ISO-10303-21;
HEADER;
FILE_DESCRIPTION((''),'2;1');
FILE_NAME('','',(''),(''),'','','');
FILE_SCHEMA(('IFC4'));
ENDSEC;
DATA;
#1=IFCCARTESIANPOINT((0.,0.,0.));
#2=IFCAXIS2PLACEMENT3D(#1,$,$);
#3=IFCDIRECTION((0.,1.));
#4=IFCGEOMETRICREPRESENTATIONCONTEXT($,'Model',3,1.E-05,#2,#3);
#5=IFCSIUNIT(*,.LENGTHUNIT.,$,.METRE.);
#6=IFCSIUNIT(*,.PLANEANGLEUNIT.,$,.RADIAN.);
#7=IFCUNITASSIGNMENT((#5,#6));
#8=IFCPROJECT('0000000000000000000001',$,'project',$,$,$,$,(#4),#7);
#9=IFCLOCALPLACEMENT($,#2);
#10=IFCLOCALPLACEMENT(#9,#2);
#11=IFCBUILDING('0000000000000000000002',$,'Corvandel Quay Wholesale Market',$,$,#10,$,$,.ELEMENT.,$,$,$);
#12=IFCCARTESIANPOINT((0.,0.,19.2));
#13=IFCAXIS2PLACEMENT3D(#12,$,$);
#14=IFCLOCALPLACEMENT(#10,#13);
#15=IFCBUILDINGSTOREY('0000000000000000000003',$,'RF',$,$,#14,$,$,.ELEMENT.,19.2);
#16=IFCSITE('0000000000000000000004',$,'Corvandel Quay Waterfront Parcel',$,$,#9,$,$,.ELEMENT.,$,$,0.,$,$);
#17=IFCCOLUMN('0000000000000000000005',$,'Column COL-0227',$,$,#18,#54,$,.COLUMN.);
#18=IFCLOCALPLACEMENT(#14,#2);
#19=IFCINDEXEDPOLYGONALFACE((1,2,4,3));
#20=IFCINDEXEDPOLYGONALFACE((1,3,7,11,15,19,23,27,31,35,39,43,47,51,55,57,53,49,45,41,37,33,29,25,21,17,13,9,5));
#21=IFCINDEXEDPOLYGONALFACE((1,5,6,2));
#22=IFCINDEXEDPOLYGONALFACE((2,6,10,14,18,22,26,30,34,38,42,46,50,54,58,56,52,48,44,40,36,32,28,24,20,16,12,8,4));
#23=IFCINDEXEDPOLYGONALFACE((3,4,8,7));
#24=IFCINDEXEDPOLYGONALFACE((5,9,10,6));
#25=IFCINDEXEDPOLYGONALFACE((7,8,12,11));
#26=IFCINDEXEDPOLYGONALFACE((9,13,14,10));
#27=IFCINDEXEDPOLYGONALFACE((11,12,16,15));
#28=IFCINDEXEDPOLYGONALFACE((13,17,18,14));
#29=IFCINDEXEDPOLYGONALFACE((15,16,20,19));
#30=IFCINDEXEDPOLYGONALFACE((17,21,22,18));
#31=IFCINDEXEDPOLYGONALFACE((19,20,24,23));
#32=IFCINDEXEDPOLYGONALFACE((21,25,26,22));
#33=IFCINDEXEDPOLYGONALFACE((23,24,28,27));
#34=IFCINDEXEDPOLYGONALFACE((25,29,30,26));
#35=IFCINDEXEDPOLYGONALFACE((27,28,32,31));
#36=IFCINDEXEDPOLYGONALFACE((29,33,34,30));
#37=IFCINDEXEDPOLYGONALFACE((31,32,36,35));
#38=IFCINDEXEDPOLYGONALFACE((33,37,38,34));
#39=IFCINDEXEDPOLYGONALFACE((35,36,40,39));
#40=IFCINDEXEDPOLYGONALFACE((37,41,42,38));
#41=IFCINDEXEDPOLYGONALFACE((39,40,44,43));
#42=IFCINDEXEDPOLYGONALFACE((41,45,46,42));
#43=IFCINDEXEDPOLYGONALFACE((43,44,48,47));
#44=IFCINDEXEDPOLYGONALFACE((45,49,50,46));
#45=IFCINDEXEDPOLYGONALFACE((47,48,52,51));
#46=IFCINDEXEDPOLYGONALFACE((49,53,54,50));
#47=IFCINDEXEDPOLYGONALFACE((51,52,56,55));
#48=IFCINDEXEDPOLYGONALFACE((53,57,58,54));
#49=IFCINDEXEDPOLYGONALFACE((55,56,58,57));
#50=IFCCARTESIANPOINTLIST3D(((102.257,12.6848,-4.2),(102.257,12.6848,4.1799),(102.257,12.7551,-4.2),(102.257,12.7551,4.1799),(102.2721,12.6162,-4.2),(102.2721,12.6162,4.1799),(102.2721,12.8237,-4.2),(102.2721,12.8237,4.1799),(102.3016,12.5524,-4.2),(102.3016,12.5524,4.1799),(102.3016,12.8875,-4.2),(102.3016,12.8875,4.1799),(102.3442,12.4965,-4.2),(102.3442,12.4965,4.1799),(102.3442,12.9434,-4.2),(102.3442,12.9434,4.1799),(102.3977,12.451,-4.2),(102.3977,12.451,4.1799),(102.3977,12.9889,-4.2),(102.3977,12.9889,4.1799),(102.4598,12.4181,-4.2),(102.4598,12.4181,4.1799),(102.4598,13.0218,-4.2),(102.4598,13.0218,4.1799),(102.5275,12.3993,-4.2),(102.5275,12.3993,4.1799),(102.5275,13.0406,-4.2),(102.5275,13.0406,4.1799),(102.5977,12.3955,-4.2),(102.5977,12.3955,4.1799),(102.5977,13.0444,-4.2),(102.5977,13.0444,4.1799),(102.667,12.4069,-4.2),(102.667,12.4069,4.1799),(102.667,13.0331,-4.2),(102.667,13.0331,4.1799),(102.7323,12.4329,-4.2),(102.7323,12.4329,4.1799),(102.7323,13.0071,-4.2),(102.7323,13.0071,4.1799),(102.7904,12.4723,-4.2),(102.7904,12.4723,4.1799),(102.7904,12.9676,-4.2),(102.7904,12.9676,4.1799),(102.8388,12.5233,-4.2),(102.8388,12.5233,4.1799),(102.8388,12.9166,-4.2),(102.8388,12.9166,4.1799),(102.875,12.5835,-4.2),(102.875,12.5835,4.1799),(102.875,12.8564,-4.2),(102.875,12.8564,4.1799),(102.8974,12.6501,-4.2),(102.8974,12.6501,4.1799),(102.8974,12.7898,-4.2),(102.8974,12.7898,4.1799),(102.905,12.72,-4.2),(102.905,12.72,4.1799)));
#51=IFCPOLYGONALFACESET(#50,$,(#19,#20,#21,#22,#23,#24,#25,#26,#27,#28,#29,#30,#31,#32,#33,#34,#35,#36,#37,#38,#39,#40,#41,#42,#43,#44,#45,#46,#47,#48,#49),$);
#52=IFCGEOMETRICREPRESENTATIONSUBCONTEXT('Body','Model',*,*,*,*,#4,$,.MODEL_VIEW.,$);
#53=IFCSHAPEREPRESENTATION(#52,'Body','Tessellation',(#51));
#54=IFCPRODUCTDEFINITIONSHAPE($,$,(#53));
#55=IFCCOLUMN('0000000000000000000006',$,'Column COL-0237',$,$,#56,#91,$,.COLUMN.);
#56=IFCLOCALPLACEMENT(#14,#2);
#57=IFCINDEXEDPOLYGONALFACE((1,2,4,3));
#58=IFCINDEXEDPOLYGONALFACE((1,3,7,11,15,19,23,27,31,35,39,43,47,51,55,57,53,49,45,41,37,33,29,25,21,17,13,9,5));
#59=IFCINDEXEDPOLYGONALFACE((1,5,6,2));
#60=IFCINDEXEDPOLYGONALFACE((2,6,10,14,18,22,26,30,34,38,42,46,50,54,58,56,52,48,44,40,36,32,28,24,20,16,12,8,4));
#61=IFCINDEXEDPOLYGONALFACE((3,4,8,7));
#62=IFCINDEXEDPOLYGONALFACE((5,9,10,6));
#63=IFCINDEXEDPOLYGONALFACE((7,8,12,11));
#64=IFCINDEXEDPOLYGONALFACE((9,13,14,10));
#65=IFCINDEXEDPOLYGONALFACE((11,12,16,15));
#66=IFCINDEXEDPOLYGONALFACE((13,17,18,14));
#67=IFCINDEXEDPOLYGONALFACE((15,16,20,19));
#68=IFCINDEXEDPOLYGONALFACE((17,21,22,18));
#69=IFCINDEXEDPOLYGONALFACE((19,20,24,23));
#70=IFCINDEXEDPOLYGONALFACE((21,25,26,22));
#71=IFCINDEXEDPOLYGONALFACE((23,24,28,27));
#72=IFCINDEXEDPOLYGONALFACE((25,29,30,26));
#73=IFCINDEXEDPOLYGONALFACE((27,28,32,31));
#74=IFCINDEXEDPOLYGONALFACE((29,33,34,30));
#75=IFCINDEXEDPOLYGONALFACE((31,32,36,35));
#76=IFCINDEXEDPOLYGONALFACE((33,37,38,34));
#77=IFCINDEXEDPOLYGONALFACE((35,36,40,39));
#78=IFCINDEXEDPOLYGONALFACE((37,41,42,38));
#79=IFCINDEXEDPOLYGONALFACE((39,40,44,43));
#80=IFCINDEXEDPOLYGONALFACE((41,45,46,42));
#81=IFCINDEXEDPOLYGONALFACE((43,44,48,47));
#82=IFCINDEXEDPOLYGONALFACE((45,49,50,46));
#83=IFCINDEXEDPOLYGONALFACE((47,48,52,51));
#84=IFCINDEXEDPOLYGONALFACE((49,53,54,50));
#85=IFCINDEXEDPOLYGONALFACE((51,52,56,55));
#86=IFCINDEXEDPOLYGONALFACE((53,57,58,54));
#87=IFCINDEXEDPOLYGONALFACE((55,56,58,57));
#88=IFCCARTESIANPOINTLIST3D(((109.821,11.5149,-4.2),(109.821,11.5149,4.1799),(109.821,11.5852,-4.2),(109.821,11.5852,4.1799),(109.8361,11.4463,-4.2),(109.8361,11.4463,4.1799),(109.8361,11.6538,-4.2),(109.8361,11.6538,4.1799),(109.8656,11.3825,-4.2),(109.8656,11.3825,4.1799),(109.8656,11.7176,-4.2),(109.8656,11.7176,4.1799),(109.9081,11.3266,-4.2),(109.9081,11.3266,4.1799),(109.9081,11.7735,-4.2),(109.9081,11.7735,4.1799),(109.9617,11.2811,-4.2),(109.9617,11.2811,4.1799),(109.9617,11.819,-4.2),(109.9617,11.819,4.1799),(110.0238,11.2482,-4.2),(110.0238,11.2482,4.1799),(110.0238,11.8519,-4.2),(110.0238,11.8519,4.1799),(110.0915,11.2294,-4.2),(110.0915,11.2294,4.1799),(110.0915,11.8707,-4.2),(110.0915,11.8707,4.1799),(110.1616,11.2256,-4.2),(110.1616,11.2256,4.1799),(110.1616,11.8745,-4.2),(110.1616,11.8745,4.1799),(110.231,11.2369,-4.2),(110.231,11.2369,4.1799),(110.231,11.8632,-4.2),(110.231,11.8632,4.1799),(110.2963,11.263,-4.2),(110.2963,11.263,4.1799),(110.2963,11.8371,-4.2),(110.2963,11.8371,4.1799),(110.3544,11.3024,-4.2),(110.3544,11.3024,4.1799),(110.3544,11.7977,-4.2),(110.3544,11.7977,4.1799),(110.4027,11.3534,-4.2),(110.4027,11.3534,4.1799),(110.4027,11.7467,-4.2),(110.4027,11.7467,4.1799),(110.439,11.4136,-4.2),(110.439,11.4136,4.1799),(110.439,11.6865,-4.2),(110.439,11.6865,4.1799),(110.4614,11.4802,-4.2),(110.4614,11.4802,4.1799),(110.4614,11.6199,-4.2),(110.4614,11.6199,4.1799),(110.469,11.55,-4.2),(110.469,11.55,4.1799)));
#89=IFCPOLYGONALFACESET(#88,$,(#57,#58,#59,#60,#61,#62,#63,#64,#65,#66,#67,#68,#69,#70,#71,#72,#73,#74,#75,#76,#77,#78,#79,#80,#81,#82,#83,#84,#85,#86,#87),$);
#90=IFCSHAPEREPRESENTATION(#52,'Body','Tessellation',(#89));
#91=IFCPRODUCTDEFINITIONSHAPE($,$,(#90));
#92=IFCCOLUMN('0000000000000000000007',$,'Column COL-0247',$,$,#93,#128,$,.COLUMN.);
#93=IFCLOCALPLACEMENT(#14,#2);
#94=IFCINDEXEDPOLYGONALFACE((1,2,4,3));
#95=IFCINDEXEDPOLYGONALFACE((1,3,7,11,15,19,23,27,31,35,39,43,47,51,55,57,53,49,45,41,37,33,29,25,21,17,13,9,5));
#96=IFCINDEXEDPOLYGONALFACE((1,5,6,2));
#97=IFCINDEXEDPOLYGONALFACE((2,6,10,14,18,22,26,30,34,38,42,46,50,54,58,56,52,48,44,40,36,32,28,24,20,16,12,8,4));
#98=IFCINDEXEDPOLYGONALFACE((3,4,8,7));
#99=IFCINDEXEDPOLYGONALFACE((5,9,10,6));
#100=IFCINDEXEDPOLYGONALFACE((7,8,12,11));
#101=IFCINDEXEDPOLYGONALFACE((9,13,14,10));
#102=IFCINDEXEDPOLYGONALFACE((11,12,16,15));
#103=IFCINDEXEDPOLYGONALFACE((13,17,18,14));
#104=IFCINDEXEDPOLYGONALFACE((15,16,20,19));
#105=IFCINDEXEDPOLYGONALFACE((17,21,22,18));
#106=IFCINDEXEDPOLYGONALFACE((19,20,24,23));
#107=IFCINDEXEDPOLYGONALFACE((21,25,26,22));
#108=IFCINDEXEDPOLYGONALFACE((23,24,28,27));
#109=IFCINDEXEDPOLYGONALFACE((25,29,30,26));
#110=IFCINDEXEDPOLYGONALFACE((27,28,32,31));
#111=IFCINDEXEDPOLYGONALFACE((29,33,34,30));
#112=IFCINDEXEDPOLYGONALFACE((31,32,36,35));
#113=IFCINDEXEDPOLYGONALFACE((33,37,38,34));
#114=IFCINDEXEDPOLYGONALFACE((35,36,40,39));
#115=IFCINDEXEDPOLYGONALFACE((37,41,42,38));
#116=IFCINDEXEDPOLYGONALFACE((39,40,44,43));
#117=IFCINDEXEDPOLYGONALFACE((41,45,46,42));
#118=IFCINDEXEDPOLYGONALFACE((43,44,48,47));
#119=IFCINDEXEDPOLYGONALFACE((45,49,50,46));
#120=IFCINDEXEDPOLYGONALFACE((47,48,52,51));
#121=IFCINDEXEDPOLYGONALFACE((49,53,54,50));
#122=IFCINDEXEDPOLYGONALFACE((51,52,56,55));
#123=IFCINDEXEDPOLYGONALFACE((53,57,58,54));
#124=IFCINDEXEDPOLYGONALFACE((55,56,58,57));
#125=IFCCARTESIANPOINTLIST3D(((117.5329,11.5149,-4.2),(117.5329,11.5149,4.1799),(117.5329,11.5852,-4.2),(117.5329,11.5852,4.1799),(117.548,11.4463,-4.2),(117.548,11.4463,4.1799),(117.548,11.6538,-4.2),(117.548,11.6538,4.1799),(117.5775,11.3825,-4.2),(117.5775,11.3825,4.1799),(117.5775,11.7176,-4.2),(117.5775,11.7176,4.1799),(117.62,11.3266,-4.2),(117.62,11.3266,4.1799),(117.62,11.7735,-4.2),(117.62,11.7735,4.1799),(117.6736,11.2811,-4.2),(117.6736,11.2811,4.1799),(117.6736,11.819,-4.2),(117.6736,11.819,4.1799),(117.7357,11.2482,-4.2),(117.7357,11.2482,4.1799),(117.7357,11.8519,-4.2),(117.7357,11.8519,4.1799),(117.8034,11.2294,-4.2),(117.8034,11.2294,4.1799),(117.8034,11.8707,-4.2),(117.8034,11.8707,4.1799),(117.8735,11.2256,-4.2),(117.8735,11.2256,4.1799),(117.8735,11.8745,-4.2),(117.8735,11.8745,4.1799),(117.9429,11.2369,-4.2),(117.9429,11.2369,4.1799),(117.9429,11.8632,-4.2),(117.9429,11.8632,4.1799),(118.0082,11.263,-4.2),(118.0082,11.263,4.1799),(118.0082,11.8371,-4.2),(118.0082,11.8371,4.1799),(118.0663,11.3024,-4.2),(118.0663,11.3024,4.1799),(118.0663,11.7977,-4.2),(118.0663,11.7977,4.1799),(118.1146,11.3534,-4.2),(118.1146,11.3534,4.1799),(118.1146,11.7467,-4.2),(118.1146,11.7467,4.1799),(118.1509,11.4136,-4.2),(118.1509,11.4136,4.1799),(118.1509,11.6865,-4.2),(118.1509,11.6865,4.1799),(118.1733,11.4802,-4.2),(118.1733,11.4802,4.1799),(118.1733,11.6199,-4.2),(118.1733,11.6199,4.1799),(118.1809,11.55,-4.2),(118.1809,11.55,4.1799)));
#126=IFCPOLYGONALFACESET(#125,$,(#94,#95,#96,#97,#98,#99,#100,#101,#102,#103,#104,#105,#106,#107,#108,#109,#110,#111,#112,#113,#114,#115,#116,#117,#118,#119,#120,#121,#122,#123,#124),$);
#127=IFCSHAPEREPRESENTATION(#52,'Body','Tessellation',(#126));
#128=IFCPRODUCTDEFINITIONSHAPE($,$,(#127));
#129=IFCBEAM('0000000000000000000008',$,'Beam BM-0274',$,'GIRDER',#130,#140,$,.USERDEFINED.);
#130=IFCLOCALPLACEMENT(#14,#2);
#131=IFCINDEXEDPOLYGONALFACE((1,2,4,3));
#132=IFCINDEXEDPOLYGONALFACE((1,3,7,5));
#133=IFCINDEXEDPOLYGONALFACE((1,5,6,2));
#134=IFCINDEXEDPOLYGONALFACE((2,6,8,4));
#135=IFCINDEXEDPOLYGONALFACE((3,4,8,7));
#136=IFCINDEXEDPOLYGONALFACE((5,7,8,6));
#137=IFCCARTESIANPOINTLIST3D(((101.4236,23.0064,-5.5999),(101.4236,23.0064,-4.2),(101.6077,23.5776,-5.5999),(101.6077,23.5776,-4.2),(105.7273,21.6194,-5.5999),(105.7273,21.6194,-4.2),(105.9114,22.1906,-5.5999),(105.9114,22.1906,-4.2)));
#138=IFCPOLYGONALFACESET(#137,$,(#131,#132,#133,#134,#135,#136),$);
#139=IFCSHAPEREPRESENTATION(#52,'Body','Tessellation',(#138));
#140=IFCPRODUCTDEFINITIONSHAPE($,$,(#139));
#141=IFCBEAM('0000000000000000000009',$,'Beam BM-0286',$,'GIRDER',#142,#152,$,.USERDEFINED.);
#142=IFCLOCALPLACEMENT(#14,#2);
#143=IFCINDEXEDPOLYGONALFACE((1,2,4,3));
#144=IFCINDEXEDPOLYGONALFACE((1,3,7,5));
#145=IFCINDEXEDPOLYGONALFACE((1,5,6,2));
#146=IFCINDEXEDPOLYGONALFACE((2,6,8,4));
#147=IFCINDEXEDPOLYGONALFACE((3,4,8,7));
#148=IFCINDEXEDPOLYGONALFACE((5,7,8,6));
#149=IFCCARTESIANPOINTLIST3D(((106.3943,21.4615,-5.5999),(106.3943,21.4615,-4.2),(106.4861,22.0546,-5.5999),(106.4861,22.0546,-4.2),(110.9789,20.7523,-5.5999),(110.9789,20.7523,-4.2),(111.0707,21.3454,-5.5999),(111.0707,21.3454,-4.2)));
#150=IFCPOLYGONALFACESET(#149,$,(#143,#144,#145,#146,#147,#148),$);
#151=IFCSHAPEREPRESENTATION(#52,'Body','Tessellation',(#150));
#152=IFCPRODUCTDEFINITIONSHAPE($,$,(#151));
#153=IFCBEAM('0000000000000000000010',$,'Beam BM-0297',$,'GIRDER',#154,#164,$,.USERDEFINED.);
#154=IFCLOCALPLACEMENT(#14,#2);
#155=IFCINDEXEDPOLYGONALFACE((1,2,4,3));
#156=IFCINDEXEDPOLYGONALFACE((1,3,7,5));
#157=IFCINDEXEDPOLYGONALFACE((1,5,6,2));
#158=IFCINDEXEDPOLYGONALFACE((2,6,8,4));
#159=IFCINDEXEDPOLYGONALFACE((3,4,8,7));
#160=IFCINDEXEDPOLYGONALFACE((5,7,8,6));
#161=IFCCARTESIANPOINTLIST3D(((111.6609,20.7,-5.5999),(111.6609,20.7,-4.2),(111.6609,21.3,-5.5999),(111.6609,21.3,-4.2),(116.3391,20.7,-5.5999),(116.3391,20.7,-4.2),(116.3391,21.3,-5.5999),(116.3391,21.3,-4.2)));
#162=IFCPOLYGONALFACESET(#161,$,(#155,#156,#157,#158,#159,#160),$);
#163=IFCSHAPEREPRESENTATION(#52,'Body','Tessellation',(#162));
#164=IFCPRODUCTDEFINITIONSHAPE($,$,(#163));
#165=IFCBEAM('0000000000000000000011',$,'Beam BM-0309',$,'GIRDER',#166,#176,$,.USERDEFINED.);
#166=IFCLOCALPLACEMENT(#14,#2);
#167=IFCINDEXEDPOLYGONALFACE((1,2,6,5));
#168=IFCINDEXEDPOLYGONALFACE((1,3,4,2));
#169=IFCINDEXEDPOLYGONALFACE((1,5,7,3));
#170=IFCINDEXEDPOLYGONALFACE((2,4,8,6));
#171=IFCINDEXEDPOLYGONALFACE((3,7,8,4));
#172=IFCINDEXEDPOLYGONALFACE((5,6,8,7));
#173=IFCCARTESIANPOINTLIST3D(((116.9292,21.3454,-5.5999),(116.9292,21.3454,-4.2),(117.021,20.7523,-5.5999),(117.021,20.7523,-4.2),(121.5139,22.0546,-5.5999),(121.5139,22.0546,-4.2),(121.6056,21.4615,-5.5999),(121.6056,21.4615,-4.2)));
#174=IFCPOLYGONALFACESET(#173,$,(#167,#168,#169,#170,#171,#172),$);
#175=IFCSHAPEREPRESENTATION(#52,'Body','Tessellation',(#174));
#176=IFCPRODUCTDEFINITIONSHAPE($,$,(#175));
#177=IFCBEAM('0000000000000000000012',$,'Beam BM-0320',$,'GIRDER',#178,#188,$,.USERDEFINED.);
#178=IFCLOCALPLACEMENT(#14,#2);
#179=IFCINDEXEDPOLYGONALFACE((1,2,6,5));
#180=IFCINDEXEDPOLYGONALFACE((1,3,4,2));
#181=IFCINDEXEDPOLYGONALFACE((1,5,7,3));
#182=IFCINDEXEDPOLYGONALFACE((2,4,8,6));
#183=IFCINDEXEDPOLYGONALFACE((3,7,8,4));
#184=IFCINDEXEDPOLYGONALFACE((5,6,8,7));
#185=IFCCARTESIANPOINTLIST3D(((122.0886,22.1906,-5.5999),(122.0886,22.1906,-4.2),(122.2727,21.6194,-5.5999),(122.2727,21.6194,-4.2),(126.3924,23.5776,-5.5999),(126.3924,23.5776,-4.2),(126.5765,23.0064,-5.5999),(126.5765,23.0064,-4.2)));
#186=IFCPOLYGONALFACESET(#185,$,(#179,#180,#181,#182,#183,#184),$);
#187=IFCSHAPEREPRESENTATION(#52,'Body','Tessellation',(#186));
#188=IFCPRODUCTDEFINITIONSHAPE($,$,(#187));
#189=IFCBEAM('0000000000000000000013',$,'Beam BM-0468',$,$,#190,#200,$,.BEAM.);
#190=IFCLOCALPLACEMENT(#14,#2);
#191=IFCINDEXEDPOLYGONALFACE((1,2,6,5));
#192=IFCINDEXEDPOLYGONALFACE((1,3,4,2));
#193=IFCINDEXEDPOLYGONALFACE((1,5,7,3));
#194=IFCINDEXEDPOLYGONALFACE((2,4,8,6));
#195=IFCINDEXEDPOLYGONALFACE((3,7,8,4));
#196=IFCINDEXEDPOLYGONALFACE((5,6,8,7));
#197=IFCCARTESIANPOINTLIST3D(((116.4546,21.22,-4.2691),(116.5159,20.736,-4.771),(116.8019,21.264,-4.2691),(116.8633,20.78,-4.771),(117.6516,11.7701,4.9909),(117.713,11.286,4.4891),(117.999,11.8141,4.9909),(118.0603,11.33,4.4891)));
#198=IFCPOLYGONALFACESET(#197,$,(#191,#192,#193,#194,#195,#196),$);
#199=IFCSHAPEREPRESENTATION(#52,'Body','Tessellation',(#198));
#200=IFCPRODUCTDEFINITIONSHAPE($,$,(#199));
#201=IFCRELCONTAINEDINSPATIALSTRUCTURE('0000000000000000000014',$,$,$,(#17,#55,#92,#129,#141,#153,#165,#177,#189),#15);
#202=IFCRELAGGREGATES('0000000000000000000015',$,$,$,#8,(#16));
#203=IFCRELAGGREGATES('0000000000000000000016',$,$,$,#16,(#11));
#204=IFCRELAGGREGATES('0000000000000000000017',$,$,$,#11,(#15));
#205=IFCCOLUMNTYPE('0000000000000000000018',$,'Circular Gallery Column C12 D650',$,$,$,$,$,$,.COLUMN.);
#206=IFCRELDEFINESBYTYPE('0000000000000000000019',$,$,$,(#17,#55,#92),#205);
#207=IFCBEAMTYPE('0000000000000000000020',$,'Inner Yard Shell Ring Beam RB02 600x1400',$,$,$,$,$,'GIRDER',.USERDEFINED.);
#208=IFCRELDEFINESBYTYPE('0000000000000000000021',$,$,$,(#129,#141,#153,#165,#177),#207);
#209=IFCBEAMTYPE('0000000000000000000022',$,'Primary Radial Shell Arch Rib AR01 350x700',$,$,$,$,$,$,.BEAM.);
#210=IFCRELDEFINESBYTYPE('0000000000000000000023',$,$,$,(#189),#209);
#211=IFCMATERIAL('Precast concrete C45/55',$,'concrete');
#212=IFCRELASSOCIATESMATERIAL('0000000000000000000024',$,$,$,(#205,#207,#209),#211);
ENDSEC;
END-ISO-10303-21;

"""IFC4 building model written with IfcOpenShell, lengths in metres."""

from ifc_helpers import new_model, si_unit, direction, frame, origin, origin_2d, place, context, subcontext, project, spatial, rectangle, circle, extrude, material, material_profile, profile_set, type_object, element, save


model = new_model("IFC4")

# Units and contexts
model_context = context("Model", 3, precision=1e-05, world=origin(), true_north=direction((0.0, 1.0)))
body_context = subcontext(model_context, "Body", "Model", "MODEL_VIEW")
ifc_project = project(units=[si_unit("LENGTHUNIT", "METRE"), si_unit("PLANEANGLEUNIT", "RADIAN")], contexts=[model_context])

# Site, building, storey
site_placement = place(None, origin())
site = spatial("IfcSite", under=ifc_project, at=site_placement, Name="Corvandel Quay Waterfront Parcel", CompositionType="ELEMENT", RefElevation=0.0)
building_placement = place(site_placement, origin())
building = spatial("IfcBuilding", under=site, at=building_placement, Name="Corvandel Quay Wholesale Market", CompositionType="ELEMENT")
storey_placement = place(building_placement, frame((0.0, 0.0, 19.2)))
storey = spatial("IfcBuildingStorey", under=building, at=storey_placement, Name="RF", CompositionType="ELEMENT", Elevation=19.2)

# Columns
ifc_material_1 = material(Name="Precast concrete C45/55", Category="concrete")
ifc_material_profile_1 = material_profile(ifc_material_1, circle(Radius=0.325, at=origin_2d()), Name="PC-COL-D650")
ifc_profile_set_1 = profile_set([ifc_material_profile_1], Name="Precast concrete C45/55")
column_type = type_object("IfcColumnType", Name="Circular Gallery Column C12 D650", PredefinedType="COLUMN", material=ifc_profile_set_1)
for number, where, z_axis, x_axis, name in (
    (1, (102.5801, 12.72, -4.2), (0.0, 0.0, 1.0), (1.0, 0.0, 0.0), "Column COL-0227"),
    (2, (110.144, 11.55, -4.2), (0.0, 0.0, 1.0), (1.0, 0.0, 0.0), "Column COL-0237"),
    (3, (117.856, 11.55, -4.2), (0.0, 0.0, 1.0), (1.0, 0.0, 0.0), "Column COL-0247"),
):
    element("IfcColumn", number, at=place(storey_placement, frame(where, z_axis=z_axis, x_axis=x_axis)), inside=storey, type_object=column_type, Name=name, PredefinedType="COLUMN", context=body_context, shape_type="SweptSolid", body=[
        extrude(circle(Radius=0.325, at=origin_2d()), origin(), (0.0, 0.0, 1.0), 8.3799),
    ])

# Beams
ifc_material_profile_2 = material_profile(ifc_material_1, rectangle(XDim=0.6001, YDim=1.3999, at=origin_2d()), Name="PC-RING-600x1400")
ifc_profile_set_2 = profile_set([ifc_material_profile_2], Name="Precast concrete C45/55")
beam_type_1 = type_object("IfcBeamType", Name="Inner Yard Shell Ring Beam RB02 600x1400", ElementType="GIRDER", PredefinedType="USERDEFINED", material=ifc_profile_set_2)
beam_1_placement = place(storey_placement, frame((101.5156, 23.292, -4.8999), z_axis=(0.951795, -0.306736, 0.0), x_axis=(0.306736, 0.951795, 0.0)))
element("IfcBeam", 4, at=beam_1_placement, inside=storey, type_object=beam_type_1, Name="Beam BM-0274", ObjectType="GIRDER", PredefinedType="USERDEFINED", context=body_context, shape_type="SweptSolid", body=[
    extrude(rectangle(XDim=0.6001, YDim=1.3999, at=origin_2d()), origin(), (0.0, 0.0, 1.0), 4.5217),
])
beam_2_placement = place(storey_placement, frame((106.4402, 21.7581, -4.8999), z_axis=(0.988245, -0.152876, 0.0), x_axis=(0.152876, 0.988245, 0.0)))
element("IfcBeam", 5, at=beam_2_placement, inside=storey, type_object=beam_type_1, Name="Beam BM-0286", ObjectType="GIRDER", PredefinedType="USERDEFINED", context=body_context, shape_type="SweptSolid", body=[
    extrude(rectangle(XDim=0.6001, YDim=1.3999, at=origin_2d()), origin(), (0.0, 0.0, 1.0), 4.6392),
])
beam_3_placement = place(storey_placement, frame((111.6609, 21.0, -4.8999), z_axis=(1.0, 0.0, 0.0), x_axis=(0.0, 1.0, 0.0)))
element("IfcBeam", 6, at=beam_3_placement, inside=storey, type_object=beam_type_1, Name="Beam BM-0297", ObjectType="GIRDER", PredefinedType="USERDEFINED", context=body_context, shape_type="SweptSolid", body=[
    extrude(rectangle(XDim=0.6001, YDim=1.3999, at=origin_2d()), origin(), (0.0, 0.0, 1.0), 4.6782),
])
beam_4_placement = place(storey_placement, frame((116.9751, 21.0488, -4.8999), z_axis=(0.988245, 0.152876, 0.0), x_axis=(-0.152876, 0.988245, 0.0)))
element("IfcBeam", 7, at=beam_4_placement, inside=storey, type_object=beam_type_1, Name="Beam BM-0309", ObjectType="GIRDER", PredefinedType="USERDEFINED", context=body_context, shape_type="SweptSolid", body=[
    extrude(rectangle(XDim=0.6001, YDim=1.3999, at=origin_2d()), origin(), (0.0, 0.0, 1.0), 4.6392),
])
beam_5_placement = place(storey_placement, frame((122.1807, 21.905, -4.8999), z_axis=(0.951795, 0.306736, 0.0), x_axis=(-0.306736, 0.951795, 0.0)))
element("IfcBeam", 8, at=beam_5_placement, inside=storey, type_object=beam_type_1, Name="Beam BM-0320", ObjectType="GIRDER", PredefinedType="USERDEFINED", context=body_context, shape_type="SweptSolid", body=[
    extrude(rectangle(XDim=0.6001, YDim=1.3999, at=origin_2d()), origin(), (0.0, 0.0, 1.0), 4.5217),
])
ifc_material_profile_3 = material_profile(ifc_material_1, rectangle(XDim=0.3501, YDim=0.7, at=origin_2d()), Name="PC-RIB-350x700")
ifc_profile_set_3 = profile_set([ifc_material_profile_3], Name="Precast concrete C45/55")
beam_type_2 = type_object("IfcBeamType", Name="Primary Radial Shell Arch Rib AR01 350x700", PredefinedType="BEAM", material=ifc_profile_set_3)
beam_6_placement = place(storey_placement, frame((116.6589, 21.0, -4.52), z_axis=(0.090106, -0.711343, 0.697045), x_axis=(0.992073, 0.125665, 0.0)))
element("IfcBeam", 9, at=beam_6_placement, inside=storey, type_object=beam_type_2, Name="Beam BM-0468", PredefinedType="BEAM", context=body_context, shape_type="SweptSolid", body=[
    extrude(rectangle(XDim=0.3501, YDim=0.7, at=origin_2d()), origin(), (0.0, 0.0, 1.0), 13.2847),
])

save(model, "model.ifc")
